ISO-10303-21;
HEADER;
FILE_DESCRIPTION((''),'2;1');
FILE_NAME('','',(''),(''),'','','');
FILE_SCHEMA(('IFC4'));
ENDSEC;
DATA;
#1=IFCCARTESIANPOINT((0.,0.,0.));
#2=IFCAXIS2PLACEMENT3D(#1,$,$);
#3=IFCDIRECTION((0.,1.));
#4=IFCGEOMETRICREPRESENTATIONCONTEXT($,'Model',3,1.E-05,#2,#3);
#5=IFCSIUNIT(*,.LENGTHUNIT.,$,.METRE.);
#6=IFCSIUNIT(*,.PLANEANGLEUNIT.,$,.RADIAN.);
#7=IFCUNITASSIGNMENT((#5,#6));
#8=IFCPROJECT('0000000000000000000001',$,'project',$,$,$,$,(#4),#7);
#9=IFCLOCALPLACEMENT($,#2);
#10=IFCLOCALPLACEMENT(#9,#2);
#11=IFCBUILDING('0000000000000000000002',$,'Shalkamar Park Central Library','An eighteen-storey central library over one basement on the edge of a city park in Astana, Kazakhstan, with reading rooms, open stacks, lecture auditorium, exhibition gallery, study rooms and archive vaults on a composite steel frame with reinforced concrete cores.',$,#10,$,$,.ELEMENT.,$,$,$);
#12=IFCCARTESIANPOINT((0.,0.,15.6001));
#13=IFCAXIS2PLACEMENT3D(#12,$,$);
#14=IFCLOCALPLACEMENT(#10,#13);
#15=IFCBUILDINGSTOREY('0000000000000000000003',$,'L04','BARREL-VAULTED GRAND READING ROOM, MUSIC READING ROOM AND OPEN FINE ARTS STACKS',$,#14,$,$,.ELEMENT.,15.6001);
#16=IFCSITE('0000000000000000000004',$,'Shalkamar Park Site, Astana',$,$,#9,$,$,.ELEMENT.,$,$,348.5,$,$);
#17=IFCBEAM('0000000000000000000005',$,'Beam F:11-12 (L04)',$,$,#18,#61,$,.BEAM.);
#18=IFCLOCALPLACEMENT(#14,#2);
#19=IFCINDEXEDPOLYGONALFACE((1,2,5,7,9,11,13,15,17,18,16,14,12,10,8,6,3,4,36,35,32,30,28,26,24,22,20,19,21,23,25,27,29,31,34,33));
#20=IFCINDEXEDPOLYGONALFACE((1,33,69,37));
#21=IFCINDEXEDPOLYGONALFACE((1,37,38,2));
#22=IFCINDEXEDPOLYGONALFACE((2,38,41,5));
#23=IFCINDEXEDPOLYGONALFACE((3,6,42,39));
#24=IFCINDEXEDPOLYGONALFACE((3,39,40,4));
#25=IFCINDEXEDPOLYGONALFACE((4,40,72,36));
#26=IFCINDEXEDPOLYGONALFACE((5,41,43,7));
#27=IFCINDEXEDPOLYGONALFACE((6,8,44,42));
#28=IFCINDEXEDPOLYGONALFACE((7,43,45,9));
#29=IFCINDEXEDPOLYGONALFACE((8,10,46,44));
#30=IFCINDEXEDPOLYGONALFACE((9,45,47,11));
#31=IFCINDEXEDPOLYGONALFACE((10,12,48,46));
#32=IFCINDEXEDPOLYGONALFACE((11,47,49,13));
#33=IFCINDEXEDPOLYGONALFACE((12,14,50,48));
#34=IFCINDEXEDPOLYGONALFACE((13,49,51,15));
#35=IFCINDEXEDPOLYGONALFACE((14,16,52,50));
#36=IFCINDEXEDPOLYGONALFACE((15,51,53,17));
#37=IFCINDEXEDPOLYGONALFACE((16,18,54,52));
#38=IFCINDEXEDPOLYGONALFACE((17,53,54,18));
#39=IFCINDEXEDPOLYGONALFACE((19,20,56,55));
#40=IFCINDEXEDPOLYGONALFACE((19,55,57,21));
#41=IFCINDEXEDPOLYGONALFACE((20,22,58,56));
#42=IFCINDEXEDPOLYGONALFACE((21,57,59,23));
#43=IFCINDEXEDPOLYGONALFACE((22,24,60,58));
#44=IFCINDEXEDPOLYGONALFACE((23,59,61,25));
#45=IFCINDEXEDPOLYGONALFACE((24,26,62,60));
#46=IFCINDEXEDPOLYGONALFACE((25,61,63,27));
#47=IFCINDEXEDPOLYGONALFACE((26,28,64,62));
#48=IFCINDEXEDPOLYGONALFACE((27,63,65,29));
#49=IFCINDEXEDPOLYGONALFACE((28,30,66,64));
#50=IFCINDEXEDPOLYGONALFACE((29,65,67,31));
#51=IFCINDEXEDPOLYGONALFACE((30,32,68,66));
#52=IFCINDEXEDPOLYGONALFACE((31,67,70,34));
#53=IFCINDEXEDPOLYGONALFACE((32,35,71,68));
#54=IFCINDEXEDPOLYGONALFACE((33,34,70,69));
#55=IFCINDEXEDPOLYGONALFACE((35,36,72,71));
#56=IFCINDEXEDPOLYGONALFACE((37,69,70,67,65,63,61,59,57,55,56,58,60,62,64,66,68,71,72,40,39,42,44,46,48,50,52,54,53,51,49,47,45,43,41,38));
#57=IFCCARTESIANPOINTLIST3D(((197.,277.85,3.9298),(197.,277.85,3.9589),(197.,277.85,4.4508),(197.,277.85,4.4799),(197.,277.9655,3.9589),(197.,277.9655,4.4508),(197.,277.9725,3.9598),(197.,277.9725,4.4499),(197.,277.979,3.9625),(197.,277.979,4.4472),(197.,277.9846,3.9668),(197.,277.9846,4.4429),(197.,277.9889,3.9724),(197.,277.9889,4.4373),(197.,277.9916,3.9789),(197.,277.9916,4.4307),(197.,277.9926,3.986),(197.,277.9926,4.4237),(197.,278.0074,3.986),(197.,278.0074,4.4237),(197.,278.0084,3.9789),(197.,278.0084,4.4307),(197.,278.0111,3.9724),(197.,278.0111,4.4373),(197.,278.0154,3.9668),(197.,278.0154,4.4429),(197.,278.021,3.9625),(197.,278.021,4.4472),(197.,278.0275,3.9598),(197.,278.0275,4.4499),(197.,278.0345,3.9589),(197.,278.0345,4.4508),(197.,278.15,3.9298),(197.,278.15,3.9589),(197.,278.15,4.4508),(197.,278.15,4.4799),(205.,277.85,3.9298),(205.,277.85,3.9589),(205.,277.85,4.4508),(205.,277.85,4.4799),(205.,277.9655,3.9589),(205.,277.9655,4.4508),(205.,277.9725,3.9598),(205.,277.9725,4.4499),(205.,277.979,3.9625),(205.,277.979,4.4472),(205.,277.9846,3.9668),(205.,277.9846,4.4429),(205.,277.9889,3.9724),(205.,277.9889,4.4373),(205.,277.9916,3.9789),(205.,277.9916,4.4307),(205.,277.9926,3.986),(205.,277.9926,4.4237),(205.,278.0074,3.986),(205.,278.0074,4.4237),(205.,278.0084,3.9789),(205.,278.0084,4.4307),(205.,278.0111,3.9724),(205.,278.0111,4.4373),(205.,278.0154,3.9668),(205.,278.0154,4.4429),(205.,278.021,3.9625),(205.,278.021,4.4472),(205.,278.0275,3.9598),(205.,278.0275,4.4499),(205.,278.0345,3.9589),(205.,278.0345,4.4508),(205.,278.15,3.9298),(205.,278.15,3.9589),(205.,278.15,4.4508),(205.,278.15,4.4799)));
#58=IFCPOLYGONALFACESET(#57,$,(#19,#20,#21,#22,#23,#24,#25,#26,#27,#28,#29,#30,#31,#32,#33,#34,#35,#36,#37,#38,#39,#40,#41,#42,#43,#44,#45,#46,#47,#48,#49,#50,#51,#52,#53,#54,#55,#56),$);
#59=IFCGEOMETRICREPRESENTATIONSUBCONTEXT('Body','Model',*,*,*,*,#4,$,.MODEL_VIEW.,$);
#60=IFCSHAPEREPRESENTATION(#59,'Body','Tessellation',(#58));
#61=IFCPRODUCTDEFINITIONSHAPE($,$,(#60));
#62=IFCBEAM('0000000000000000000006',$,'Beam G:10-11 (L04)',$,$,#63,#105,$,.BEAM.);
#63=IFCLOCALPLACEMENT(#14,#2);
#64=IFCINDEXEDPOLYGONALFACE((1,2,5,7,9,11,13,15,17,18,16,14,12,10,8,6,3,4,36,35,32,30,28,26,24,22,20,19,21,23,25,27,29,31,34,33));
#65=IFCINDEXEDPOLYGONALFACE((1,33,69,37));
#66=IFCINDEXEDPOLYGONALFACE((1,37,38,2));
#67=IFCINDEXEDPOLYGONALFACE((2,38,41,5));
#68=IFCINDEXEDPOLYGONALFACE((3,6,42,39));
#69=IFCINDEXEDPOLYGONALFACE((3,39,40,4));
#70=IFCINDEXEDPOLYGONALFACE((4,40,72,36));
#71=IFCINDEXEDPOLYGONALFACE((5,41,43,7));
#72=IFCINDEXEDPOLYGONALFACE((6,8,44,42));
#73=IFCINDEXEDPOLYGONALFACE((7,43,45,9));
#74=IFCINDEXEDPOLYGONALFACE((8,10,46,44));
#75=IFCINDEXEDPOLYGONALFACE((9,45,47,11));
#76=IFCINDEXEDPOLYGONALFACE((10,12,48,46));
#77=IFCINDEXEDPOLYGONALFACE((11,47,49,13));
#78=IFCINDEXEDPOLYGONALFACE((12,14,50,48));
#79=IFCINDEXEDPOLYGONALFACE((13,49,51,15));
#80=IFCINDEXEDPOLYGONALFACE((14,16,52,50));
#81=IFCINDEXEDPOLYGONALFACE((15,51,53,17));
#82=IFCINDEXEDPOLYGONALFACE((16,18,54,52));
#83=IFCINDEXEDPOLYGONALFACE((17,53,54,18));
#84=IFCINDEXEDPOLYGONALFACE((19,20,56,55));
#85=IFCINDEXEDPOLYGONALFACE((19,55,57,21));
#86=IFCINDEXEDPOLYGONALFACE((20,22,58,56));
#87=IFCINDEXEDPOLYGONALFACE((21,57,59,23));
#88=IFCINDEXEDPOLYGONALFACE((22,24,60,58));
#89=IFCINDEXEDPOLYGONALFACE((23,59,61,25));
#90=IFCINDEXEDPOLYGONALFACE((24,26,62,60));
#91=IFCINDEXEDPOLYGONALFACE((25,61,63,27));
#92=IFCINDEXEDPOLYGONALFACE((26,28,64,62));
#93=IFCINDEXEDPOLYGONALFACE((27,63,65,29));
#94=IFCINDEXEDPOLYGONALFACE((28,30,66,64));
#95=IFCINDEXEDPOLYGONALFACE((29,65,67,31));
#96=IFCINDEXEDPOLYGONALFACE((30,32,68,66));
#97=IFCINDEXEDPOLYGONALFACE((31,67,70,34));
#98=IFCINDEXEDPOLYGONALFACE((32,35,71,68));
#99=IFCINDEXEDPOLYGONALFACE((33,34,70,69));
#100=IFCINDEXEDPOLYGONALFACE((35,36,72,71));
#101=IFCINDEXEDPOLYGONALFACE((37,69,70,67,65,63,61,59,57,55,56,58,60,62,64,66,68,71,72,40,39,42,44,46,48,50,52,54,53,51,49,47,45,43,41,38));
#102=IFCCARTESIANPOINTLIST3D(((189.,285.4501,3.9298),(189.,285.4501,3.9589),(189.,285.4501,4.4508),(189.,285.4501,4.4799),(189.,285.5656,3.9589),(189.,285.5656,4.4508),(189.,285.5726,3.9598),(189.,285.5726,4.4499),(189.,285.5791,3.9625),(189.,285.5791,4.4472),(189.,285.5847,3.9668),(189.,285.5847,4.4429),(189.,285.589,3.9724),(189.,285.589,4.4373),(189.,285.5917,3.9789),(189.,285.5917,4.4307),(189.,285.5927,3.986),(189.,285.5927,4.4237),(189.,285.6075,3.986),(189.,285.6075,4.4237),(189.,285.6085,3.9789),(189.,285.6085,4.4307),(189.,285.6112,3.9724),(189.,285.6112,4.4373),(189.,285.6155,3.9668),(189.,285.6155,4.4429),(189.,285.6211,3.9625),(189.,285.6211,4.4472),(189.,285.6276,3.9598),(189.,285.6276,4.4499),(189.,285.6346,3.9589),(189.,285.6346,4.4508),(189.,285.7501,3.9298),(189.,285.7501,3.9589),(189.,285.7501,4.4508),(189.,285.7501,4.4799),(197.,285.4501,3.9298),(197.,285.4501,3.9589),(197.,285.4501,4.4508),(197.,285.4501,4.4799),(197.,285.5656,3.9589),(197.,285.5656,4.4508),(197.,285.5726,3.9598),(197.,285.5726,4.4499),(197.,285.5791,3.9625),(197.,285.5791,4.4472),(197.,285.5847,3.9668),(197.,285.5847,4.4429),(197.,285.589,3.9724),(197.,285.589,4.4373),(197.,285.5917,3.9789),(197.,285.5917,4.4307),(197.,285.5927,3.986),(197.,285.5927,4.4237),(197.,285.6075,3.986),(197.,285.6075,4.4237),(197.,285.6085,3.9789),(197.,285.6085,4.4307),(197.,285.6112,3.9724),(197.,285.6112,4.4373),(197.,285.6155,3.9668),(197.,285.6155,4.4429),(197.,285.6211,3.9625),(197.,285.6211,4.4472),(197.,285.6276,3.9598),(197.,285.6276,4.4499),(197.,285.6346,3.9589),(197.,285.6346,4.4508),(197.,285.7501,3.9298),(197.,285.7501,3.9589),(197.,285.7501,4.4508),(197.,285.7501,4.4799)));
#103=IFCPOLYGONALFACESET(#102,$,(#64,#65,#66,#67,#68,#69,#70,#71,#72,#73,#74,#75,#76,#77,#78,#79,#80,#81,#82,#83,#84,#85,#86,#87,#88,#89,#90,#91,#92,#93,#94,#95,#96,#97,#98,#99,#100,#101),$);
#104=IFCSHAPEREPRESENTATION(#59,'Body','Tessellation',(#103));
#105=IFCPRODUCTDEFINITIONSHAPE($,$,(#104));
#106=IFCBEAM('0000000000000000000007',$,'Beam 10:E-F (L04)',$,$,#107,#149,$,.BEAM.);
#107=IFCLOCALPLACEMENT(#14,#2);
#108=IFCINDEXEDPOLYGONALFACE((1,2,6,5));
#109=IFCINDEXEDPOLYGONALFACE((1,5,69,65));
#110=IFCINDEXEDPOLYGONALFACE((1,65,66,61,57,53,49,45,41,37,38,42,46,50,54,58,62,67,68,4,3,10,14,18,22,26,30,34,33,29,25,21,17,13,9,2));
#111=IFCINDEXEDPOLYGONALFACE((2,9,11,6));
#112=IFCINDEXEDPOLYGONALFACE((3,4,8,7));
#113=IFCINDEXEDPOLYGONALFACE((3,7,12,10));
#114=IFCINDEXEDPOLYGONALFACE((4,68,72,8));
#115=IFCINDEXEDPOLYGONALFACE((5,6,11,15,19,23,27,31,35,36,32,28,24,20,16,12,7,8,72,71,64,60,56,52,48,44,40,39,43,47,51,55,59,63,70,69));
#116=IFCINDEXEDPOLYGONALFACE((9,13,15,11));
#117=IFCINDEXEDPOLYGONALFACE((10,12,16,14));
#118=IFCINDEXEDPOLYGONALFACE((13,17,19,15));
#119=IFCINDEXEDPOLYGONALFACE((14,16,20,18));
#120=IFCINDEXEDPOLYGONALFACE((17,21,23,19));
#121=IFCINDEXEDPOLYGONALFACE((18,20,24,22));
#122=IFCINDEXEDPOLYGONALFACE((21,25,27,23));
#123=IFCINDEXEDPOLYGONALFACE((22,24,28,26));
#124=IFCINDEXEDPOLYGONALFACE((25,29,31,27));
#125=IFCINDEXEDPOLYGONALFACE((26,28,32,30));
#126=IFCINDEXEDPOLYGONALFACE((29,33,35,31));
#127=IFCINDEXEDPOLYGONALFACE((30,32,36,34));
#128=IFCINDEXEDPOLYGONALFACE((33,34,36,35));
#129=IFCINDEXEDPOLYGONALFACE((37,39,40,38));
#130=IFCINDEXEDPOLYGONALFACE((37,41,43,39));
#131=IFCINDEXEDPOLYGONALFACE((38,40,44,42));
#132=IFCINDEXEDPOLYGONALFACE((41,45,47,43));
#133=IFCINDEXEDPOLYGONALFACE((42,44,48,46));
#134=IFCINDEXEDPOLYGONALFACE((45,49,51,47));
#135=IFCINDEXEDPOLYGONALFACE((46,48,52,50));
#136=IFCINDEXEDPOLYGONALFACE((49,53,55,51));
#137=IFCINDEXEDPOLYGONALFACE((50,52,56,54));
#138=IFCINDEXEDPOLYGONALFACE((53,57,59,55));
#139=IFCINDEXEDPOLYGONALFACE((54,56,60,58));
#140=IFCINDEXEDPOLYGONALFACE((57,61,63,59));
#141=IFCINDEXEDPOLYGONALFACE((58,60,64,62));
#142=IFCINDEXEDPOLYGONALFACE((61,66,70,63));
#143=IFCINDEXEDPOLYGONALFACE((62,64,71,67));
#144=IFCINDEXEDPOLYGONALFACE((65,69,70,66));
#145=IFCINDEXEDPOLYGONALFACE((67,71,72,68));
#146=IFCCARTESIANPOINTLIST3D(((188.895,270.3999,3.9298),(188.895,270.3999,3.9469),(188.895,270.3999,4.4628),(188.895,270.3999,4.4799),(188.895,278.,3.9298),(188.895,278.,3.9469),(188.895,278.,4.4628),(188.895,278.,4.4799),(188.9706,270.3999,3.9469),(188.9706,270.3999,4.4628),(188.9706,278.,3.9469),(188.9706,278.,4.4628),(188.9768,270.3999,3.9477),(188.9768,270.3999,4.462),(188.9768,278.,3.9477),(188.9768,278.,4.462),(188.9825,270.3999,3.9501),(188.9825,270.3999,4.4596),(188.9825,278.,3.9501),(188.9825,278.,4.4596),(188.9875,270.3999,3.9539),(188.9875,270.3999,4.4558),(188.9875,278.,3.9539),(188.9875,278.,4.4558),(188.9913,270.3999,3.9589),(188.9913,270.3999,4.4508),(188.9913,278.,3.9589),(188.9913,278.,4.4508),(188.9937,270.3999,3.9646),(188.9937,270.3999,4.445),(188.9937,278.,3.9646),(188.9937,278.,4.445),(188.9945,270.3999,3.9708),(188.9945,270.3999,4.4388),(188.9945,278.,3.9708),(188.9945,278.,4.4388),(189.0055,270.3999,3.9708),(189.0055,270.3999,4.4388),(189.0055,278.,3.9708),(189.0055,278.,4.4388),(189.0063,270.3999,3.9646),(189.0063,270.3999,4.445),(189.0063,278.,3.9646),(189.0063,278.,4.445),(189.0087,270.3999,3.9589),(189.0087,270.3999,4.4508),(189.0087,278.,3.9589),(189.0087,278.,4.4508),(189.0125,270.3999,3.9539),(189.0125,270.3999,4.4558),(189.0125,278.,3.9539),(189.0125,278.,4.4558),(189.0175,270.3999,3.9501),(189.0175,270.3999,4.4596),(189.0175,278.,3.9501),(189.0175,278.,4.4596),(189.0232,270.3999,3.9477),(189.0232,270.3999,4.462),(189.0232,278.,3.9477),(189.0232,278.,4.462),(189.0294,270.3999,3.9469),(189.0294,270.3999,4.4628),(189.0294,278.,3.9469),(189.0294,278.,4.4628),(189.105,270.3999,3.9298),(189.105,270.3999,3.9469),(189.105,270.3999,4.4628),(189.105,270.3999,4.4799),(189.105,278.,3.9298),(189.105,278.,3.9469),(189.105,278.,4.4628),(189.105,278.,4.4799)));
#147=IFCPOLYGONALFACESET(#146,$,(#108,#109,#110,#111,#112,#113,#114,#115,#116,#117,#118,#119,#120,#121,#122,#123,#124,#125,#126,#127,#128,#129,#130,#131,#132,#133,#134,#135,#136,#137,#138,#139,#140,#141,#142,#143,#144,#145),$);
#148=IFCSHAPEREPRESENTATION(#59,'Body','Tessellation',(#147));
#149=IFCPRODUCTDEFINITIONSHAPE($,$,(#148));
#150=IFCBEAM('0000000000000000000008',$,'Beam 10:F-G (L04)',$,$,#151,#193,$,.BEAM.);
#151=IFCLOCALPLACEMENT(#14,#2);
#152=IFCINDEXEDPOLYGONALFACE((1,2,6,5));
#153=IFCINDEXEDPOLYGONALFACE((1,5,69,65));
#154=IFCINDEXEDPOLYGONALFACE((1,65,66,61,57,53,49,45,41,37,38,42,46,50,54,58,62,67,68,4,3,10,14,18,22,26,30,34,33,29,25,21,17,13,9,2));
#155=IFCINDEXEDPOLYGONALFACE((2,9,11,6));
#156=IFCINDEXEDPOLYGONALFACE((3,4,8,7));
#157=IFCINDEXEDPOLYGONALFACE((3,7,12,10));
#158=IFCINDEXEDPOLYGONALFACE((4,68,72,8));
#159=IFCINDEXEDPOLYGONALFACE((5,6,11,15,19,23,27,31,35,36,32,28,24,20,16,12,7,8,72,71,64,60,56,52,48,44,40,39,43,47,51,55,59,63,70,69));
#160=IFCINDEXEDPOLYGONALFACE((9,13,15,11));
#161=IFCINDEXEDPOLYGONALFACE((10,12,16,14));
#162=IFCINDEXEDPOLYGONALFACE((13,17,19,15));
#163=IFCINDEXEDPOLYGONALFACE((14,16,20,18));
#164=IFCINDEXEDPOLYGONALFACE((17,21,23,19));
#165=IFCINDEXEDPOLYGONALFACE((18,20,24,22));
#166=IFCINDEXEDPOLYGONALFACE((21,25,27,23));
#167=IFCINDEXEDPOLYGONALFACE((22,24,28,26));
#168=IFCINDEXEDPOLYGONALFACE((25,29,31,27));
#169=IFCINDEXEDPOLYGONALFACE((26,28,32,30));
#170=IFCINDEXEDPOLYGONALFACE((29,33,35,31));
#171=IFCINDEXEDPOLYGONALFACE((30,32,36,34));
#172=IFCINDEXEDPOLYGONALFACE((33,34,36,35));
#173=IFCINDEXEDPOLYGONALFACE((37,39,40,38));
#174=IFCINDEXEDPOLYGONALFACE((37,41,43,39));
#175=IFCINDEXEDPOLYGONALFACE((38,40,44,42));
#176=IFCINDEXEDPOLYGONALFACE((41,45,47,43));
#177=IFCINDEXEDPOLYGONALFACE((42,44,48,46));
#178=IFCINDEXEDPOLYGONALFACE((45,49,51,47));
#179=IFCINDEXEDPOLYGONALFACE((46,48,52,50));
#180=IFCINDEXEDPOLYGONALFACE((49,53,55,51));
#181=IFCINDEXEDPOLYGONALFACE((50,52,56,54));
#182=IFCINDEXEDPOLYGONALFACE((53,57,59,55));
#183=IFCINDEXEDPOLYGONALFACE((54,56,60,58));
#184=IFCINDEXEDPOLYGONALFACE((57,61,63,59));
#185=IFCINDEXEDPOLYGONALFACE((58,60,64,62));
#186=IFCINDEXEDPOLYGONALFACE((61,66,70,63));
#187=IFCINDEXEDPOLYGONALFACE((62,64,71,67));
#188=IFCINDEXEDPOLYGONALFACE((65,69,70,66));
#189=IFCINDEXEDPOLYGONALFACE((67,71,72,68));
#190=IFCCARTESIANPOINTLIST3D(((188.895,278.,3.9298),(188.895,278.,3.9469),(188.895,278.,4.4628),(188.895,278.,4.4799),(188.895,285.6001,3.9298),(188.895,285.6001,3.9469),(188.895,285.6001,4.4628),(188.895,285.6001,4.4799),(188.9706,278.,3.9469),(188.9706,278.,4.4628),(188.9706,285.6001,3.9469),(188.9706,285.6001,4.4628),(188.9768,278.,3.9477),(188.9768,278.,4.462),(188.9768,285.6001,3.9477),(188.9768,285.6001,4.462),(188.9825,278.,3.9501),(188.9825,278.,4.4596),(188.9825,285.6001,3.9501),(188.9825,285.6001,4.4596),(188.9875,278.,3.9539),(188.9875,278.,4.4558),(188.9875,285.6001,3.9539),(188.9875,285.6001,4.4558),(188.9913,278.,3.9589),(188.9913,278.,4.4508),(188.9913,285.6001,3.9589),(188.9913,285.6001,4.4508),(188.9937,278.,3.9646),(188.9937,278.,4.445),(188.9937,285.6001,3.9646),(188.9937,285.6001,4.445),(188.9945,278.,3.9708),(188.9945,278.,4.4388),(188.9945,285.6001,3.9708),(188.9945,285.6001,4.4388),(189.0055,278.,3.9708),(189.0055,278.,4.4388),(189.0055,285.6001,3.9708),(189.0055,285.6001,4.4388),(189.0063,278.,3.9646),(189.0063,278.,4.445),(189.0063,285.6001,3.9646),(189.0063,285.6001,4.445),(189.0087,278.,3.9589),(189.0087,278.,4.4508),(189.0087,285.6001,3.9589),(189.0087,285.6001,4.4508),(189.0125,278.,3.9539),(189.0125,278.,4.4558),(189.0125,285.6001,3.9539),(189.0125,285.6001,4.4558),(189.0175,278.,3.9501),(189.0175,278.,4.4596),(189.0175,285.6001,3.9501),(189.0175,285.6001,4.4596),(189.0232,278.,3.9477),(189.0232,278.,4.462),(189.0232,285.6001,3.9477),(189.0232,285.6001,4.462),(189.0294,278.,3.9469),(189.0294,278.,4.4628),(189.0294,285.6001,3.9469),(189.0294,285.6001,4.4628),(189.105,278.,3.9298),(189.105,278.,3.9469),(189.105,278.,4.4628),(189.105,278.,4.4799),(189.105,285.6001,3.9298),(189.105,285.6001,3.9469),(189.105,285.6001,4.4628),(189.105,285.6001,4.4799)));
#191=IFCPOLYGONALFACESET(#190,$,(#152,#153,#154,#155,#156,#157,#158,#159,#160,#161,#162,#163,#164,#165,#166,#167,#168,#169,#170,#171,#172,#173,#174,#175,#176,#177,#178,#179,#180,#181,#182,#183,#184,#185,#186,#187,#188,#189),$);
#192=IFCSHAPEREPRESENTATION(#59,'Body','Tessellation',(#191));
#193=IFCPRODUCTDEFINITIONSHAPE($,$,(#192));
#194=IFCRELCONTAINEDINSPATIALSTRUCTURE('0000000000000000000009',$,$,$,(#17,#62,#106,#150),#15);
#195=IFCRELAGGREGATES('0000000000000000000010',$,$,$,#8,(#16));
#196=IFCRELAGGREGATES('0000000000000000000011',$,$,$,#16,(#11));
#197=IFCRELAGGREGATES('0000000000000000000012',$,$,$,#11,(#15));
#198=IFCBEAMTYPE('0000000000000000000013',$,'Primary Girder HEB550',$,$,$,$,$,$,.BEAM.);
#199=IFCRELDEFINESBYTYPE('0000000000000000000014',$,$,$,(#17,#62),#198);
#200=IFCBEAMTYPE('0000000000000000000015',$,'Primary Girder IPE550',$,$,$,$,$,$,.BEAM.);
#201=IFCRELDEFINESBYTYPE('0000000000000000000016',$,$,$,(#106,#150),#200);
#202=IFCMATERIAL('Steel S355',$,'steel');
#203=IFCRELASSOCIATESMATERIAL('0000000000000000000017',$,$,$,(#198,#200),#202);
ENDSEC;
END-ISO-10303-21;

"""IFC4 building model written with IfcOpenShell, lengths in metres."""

from ifc_helpers import new_model, si_unit, direction, frame, origin, origin_2d, place, context, subcontext, project, spatial, i_section, extrude, material, material_profile, profile_set, type_object, element, save


model = new_model("IFC4")

# Units and contexts
model_context = context("Model", 3, precision=1e-05, world=origin(), true_north=direction((0.0, 1.0)))
body_context = subcontext(model_context, "Body", "Model", "MODEL_VIEW")
ifc_project = project(units=[si_unit("LENGTHUNIT", "METRE"), si_unit("PLANEANGLEUNIT", "RADIAN")], contexts=[model_context])

# Site, building, storey
site_placement = place(None, origin())
site = spatial("IfcSite", under=ifc_project, at=site_placement, Name="Shalkamar Park Site, Astana", CompositionType="ELEMENT", RefElevation=348.5)
building_placement = place(site_placement, origin())
building = spatial("IfcBuilding", under=site, at=building_placement, Name="Shalkamar Park Central Library", Description="An eighteen-storey central library over one basement on the edge of a city park in Astana, Kazakhstan, with reading rooms, open stacks, lecture auditorium, exhibition gallery, study rooms and archive vaults on a composite steel frame with reinforced concrete cores.", CompositionType="ELEMENT")
storey_placement = place(building_placement, frame((0.0, 0.0, 15.6001)))
storey = spatial("IfcBuildingStorey", under=building, at=storey_placement, Name="L04", Description="BARREL-VAULTED GRAND READING ROOM, MUSIC READING ROOM AND OPEN FINE ARTS STACKS", CompositionType="ELEMENT", Elevation=15.6001)

# Shared definitions
ifc_material_1 = material(Name="Steel S355", Category="steel")

# Beams
ifc_material_profile_1 = material_profile(ifc_material_1, i_section(OverallWidth=0.3, OverallDepth=0.55, WebThickness=0.0149, FlangeThickness=0.0291, FilletRadius=0.0271, at=origin_2d()), Name="HEB 550")
ifc_profile_set_1 = profile_set([ifc_material_profile_1], Name="Steel S355")
beam_type_1 = type_object("IfcBeamType", Name="Primary Girder HEB550", PredefinedType="BEAM", material=ifc_profile_set_1)
for number, where, z_axis, x_axis, name in (
    (1, (197.0, 278.0, 4.2048), (1.0, 0.0, 0.0), (0.0, 1.0, 0.0), "Beam F:11-12 (L04)"),
    (2, (189.0, 285.6001, 4.2048), (1.0, 0.0, 0.0), (0.0, 1.0, 0.0), "Beam G:10-11 (L04)"),
):
    element("IfcBeam", number, at=place(storey_placement, frame(where, z_axis=z_axis, x_axis=x_axis)), inside=storey, type_object=beam_type_1, Name=name, PredefinedType="BEAM", context=body_context, shape_type="SweptSolid", body=[
        extrude(i_section(OverallWidth=0.3, OverallDepth=0.55, WebThickness=0.0149, FlangeThickness=0.0291, FilletRadius=0.0271, at=origin_2d()), origin(), (0.0, 0.0, 1.0), 8.0),
    ])
ifc_material_profile_2 = material_profile(ifc_material_1, i_section(OverallWidth=0.21, OverallDepth=0.55, WebThickness=0.011, FlangeThickness=0.0171, FilletRadius=0.0239, at=origin_2d()), Name="IPE 550")
ifc_profile_set_2 = profile_set([ifc_material_profile_2], Name="Steel S355")
beam_type_2 = type_object("IfcBeamType", Name="Primary Girder IPE550", PredefinedType="BEAM", material=ifc_profile_set_2)
for number, where, z_axis, x_axis, name in (
    (3, (189.0, 270.3999, 4.2048), (0.0, 1.0, 0.0), (-1.0, 0.0, 0.0), "Beam 10:E-F (L04)"),
    (4, (189.0, 278.0, 4.2048), (0.0, 1.0, 0.0), (-1.0, 0.0, 0.0), "Beam 10:F-G (L04)"),
):
    element("IfcBeam", number, at=place(storey_placement, frame(where, z_axis=z_axis, x_axis=x_axis)), inside=storey, type_object=beam_type_2, Name=name, PredefinedType="BEAM", context=body_context, shape_type="SweptSolid", body=[
        extrude(i_section(OverallWidth=0.21, OverallDepth=0.55, WebThickness=0.011, FlangeThickness=0.0171, FilletRadius=0.0239, at=origin_2d()), origin(), (0.0, 0.0, 1.0), 7.6001),
    ])

save(model, "model.ifc")
